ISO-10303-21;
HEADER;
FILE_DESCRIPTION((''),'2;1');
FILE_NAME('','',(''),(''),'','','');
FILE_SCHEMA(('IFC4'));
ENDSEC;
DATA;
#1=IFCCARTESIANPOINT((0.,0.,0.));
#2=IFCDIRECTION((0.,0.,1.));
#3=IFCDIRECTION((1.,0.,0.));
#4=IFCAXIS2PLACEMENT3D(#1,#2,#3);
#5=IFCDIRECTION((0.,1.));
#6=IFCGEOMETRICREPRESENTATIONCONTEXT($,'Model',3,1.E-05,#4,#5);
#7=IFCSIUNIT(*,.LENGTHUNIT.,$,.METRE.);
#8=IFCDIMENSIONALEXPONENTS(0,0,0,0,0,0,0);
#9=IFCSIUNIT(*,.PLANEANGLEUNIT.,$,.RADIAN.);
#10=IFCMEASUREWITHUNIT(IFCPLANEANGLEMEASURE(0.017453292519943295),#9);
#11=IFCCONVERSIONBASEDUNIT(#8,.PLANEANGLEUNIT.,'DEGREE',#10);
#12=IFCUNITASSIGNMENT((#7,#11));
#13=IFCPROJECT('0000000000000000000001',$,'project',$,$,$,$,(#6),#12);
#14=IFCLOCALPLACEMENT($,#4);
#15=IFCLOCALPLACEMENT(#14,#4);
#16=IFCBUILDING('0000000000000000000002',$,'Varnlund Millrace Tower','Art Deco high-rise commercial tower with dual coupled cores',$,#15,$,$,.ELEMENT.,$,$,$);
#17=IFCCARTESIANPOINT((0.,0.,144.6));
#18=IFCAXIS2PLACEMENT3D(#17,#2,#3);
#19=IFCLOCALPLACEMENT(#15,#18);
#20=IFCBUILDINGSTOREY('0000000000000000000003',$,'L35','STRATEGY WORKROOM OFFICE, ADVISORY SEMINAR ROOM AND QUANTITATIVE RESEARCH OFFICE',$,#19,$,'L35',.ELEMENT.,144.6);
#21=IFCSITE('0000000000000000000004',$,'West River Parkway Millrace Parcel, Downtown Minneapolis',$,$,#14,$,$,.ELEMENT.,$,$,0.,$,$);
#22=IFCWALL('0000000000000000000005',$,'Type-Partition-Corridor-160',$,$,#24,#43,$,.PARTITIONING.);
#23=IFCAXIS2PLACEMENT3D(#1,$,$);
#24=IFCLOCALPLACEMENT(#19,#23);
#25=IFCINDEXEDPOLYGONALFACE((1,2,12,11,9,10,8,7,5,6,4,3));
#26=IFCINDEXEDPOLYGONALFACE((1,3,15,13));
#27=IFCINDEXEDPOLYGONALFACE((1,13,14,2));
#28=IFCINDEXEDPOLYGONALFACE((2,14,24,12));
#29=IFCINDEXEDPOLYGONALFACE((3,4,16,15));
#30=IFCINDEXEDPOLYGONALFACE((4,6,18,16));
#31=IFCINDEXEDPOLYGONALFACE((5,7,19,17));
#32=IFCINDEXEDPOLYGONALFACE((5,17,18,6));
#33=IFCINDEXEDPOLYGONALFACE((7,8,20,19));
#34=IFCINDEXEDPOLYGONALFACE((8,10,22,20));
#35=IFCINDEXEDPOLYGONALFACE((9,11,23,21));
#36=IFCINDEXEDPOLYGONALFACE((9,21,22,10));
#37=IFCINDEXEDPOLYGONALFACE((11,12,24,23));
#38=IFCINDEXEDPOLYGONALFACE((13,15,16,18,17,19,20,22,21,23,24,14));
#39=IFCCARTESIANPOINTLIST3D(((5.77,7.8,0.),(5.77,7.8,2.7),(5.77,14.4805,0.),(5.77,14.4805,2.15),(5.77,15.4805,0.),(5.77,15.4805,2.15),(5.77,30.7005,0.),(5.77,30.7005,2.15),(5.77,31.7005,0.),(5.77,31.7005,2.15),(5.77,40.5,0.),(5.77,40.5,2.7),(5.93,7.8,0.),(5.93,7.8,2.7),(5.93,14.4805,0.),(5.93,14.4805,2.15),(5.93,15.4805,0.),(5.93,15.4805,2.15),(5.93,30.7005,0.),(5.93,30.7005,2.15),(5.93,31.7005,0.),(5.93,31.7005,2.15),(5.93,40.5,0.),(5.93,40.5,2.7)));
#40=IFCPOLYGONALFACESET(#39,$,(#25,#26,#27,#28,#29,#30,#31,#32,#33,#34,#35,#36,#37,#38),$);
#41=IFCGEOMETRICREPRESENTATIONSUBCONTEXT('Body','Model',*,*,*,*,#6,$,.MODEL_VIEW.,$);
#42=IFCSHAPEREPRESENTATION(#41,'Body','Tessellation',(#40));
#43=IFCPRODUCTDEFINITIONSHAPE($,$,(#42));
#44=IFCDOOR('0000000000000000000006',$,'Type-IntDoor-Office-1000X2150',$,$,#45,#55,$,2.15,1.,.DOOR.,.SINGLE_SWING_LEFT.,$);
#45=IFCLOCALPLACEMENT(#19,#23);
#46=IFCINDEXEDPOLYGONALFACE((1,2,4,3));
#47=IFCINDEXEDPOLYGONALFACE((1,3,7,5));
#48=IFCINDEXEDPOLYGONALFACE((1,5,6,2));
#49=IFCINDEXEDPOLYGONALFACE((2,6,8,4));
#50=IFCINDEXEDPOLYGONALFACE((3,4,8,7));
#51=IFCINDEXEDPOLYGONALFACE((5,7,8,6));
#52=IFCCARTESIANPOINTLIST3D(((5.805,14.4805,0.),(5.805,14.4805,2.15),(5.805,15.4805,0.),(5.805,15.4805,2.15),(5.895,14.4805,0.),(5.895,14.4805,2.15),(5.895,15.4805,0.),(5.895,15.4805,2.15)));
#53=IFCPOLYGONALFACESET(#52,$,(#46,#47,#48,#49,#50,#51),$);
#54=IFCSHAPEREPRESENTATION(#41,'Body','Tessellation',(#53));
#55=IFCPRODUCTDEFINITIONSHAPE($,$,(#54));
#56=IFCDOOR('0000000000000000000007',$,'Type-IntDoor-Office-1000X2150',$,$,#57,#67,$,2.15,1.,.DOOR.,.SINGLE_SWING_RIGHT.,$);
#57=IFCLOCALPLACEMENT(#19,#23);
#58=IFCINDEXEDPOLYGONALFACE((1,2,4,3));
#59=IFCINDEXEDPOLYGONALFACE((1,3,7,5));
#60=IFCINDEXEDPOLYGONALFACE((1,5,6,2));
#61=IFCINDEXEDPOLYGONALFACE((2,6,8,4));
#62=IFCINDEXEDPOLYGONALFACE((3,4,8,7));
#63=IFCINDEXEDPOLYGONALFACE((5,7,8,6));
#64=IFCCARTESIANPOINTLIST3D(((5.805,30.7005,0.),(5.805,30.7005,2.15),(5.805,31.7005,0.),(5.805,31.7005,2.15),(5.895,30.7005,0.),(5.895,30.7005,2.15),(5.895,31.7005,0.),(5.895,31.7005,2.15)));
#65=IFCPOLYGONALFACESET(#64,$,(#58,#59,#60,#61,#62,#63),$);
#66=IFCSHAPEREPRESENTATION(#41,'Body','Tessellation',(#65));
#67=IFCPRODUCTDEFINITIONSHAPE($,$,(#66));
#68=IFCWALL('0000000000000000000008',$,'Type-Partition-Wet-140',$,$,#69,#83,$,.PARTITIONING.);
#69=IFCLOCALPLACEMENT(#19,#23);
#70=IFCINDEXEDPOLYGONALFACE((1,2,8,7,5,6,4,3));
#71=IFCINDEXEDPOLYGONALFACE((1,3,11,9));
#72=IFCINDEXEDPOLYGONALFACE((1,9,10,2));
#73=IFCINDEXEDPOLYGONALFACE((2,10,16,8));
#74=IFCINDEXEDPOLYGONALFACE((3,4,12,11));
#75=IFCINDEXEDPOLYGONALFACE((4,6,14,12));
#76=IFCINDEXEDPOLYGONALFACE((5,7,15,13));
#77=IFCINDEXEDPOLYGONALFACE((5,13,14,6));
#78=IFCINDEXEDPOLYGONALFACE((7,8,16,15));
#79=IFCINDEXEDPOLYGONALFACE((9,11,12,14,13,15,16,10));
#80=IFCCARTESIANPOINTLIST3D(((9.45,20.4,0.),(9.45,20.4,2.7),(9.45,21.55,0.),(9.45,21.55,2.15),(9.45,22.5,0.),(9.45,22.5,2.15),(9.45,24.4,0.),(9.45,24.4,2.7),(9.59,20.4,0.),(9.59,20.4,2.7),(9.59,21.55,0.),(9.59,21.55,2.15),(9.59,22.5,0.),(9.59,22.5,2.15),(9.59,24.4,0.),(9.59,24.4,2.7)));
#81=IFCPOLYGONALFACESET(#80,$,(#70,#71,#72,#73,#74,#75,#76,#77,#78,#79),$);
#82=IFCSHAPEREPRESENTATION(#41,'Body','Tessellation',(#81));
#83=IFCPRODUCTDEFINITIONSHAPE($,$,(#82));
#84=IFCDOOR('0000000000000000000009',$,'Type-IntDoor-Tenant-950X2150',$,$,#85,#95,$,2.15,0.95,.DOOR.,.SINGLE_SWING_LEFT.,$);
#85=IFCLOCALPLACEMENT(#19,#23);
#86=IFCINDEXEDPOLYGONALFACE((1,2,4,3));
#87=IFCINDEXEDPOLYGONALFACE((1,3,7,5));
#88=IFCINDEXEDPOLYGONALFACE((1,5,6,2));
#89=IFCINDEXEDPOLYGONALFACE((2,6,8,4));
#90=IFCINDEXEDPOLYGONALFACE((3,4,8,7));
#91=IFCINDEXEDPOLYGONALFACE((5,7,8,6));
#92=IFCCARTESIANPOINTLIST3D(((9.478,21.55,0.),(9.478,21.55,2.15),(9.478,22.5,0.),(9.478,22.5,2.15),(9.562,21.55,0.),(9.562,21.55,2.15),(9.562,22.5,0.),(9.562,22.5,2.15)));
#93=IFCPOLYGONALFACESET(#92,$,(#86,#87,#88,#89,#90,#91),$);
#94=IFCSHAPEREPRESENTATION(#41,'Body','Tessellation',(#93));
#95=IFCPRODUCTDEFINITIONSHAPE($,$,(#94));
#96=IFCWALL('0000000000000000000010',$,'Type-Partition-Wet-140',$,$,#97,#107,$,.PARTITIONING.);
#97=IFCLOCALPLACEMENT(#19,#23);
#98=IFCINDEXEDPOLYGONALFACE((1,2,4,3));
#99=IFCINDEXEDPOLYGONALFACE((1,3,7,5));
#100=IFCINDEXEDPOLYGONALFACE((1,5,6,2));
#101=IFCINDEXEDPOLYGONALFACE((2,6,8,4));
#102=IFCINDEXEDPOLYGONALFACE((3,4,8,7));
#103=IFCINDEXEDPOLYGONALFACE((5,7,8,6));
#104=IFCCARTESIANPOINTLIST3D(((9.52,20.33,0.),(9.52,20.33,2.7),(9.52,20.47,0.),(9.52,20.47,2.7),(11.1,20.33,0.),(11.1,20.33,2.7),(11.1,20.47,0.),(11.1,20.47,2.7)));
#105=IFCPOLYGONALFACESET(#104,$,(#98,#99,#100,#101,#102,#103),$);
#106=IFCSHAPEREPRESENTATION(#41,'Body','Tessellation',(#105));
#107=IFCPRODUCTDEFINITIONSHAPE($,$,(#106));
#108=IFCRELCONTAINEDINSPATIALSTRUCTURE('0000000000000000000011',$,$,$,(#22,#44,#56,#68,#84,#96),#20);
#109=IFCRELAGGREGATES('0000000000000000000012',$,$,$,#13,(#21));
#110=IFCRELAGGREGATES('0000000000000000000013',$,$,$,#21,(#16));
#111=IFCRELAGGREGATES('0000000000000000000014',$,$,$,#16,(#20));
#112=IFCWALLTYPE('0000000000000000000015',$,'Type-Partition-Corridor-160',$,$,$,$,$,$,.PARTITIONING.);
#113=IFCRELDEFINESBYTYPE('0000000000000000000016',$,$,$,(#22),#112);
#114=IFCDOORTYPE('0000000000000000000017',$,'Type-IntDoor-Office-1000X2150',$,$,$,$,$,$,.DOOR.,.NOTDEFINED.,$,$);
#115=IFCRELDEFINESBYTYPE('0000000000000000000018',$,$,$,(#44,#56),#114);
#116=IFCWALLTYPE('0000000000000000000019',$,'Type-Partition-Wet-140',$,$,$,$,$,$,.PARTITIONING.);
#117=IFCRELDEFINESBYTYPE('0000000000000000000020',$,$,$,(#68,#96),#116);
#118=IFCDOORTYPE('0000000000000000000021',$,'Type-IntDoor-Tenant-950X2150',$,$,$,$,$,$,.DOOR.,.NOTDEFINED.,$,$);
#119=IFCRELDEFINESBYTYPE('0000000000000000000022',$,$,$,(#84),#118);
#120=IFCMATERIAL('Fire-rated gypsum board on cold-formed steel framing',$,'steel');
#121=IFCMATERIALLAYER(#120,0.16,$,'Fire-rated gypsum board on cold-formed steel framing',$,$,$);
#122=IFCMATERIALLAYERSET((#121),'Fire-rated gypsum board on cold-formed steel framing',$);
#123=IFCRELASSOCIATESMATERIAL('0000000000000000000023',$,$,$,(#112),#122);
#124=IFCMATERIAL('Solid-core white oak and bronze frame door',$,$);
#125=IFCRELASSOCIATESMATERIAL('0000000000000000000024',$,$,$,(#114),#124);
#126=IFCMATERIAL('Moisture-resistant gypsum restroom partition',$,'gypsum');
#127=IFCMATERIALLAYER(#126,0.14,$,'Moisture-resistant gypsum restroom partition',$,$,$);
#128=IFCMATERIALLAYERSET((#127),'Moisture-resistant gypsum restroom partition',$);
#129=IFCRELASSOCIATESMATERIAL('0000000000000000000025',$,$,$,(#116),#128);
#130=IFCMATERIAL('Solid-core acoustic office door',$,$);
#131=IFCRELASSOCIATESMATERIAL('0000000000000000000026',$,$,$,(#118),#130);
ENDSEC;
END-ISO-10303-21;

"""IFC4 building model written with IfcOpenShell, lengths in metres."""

from ifc_helpers import new_model, entity, si_unit, converted_unit, direction, frame, origin_with_axes, origin_2d_with_axis, place, context, subcontext, project, spatial, polyline, rectangle, outline, extrude, material, layer, layer_set, type_object, element, fill, save


model = new_model("IFC4")

# Units and contexts
model_context = context("Model", 3, precision=1e-05, world=origin_with_axes(), true_north=direction((0.0, 1.0)))
body_context = subcontext(model_context, "Body", "Model", "MODEL_VIEW")
ifc_project = project(units=[si_unit("LENGTHUNIT", "METRE"), converted_unit("PLANEANGLEUNIT", "DEGREE", entity("IfcPlaneAngleMeasure", 0.017453292519943295), si_unit("PLANEANGLEUNIT", "RADIAN"), dimensions=[0, 0, 0, 0, 0, 0, 0])], contexts=[model_context])

# Site, building, storey
site_placement = place(None, origin_with_axes())
site = spatial("IfcSite", under=ifc_project, at=site_placement, Name="West River Parkway Millrace Parcel, Downtown Minneapolis", CompositionType="ELEMENT", RefElevation=0.0)
building_placement = place(site_placement, origin_with_axes())
building = spatial("IfcBuilding", under=site, at=building_placement, Name="Varnlund Millrace Tower", Description="Art Deco high-rise commercial tower with dual coupled cores", CompositionType="ELEMENT")
storey_placement = place(building_placement, frame((0.0, 0.0, 144.6), z_axis=(0.0, 0.0, 1.0), x_axis=(1.0, 0.0, 0.0)))
storey = spatial("IfcBuildingStorey", under=building, at=storey_placement, Name="L35", Description="STRATEGY WORKROOM OFFICE, ADVISORY SEMINAR ROOM AND QUANTITATIVE RESEARCH OFFICE", LongName="L35", CompositionType="ELEMENT", Elevation=144.6)

# Shared definitions
ifc_material_1 = material(Name="Fire-rated gypsum board on cold-formed steel framing", Category="steel")
ifc_layer_1 = layer(ifc_material_1, 0.16, Name="Fire-rated gypsum board on cold-formed steel framing")
ifc_layer_set_1 = layer_set([ifc_layer_1], Name="Fire-rated gypsum board on cold-formed steel framing")
wall_type_1 = type_object("IfcWallType", Name="Type-Partition-Corridor-160", PredefinedType="PARTITIONING", material=ifc_layer_set_1)

# Wall, openings, doors
wall_1_placement = place(storey_placement, frame((5.85, 7.8, 0.0), z_axis=(0.0, 0.0, 1.0), x_axis=(0.0, 1.0, 0.0)))
wall_1 = element("IfcWall", 1, at=wall_1_placement, inside=storey, type_object=wall_type_1, Name="Type-Partition-Corridor-160", PredefinedType="PARTITIONING", context=body_context, shape_type="SweptSolid", body=[
    extrude(outline(polyline([(0.0, -0.08), (32.7, -0.08), (32.7, 0.08), (0.0, 0.08), (0.0, -0.08)])), origin_with_axes(), (0.0, 0.0, 1.0), 2.7),
])
opening_1_placement = place(wall_1_placement, frame((7.1805, 0.0, 0.0), z_axis=(0.0, 0.0, 1.0), x_axis=(1.0, 0.0, 0.0)))
opening_1 = element("IfcOpeningElement", 2, at=opening_1_placement, cuts=wall_1, PredefinedType="OPENING", context=body_context, shape_type="SweptSolid", body=[
    extrude(rectangle(XDim=1.0, YDim=0.18, at=origin_2d_with_axis()), origin_with_axes(), (0.0, 0.0, 1.0), 2.15),
])
opening_2_placement = place(wall_1_placement, frame((23.4005, 0.0, 0.0), z_axis=(0.0, 0.0, 1.0), x_axis=(1.0, 0.0, 0.0)))
opening_2 = element("IfcOpeningElement", 3, at=opening_2_placement, cuts=wall_1, PredefinedType="OPENING", context=body_context, shape_type="SweptSolid", body=[
    extrude(rectangle(XDim=1.0, YDim=0.18, at=origin_2d_with_axis()), origin_with_axes(), (0.0, 0.0, 1.0), 2.15),
])
ifc_material_2 = material(Name="Solid-core white oak and bronze frame door")
door_type_1 = type_object("IfcDoorType", Name="Type-IntDoor-Office-1000X2150", OperationType="NOTDEFINED", PredefinedType="DOOR", material=ifc_material_2)
door_1_placement = place(wall_1_placement, frame((7.1805, 0.0, 0.0), z_axis=(0.0, 0.0, 1.0), x_axis=(1.0, 0.0, 0.0)))
door_1 = element("IfcDoor", 4, at=door_1_placement, inside=storey, type_object=door_type_1, Name="Type-IntDoor-Office-1000X2150", OperationType="SINGLE_SWING_LEFT", OverallHeight=2.15, OverallWidth=1.0, PredefinedType="DOOR", context=body_context, shape_type="SweptSolid", body=[
    extrude(rectangle(XDim=1.0, YDim=0.09, at=origin_2d_with_axis()), origin_with_axes(), (0.0, 0.0, 1.0), 2.15),
])
fill(opening_1, door_1)
door_2_placement = place(wall_1_placement, frame((23.4005, 0.0, 0.0), z_axis=(0.0, 0.0, 1.0), x_axis=(1.0, 0.0, 0.0)))
door_2 = element("IfcDoor", 5, at=door_2_placement, inside=storey, type_object=door_type_1, Name="Type-IntDoor-Office-1000X2150", OperationType="SINGLE_SWING_RIGHT", OverallHeight=2.15, OverallWidth=1.0, PredefinedType="DOOR", context=body_context, shape_type="SweptSolid", body=[
    extrude(rectangle(XDim=1.0, YDim=0.09, at=origin_2d_with_axis()), origin_with_axes(), (0.0, 0.0, 1.0), 2.15),
])
fill(opening_2, door_2)

# Wall, opening, door
ifc_material_3 = material(Name="Moisture-resistant gypsum restroom partition", Category="gypsum")
ifc_layer_2 = layer(ifc_material_3, 0.14, Name="Moisture-resistant gypsum restroom partition")
ifc_layer_set_2 = layer_set([ifc_layer_2], Name="Moisture-resistant gypsum restroom partition")
wall_type_2 = type_object("IfcWallType", Name="Type-Partition-Wet-140", PredefinedType="PARTITIONING", material=ifc_layer_set_2)
wall_2_placement = place(storey_placement, frame((9.52, 20.4, 0.0), z_axis=(0.0, 0.0, 1.0), x_axis=(0.0, 1.0, 0.0)))
wall_2 = element("IfcWall", 6, at=wall_2_placement, inside=storey, type_object=wall_type_2, Name="Type-Partition-Wet-140", PredefinedType="PARTITIONING", context=body_context, shape_type="SweptSolid", body=[
    extrude(outline(polyline([(0.0, -0.07), (4.0, -0.07), (4.0, 0.07), (0.0, 0.07), (0.0, -0.07)])), origin_with_axes(), (0.0, 0.0, 1.0), 2.7),
])
opening_3_placement = place(wall_2_placement, frame((1.625, 0.0, 0.0), z_axis=(0.0, 0.0, 1.0), x_axis=(1.0, 0.0, 0.0)))
opening_3 = element("IfcOpeningElement", 7, at=opening_3_placement, cuts=wall_2, PredefinedType="OPENING", context=body_context, shape_type="SweptSolid", body=[
    extrude(rectangle(XDim=0.95, YDim=0.16, at=origin_2d_with_axis()), origin_with_axes(), (0.0, 0.0, 1.0), 2.15),
])
ifc_material_4 = material(Name="Solid-core acoustic office door")
door_type_2 = type_object("IfcDoorType", Name="Type-IntDoor-Tenant-950X2150", OperationType="NOTDEFINED", PredefinedType="DOOR", material=ifc_material_4)
door_3_placement = place(wall_2_placement, frame((1.625, 0.0, 0.0), z_axis=(0.0, 0.0, 1.0), x_axis=(1.0, 0.0, 0.0)))
door_3 = element("IfcDoor", 8, at=door_3_placement, inside=storey, type_object=door_type_2, Name="Type-IntDoor-Tenant-950X2150", OperationType="SINGLE_SWING_LEFT", OverallHeight=2.15, OverallWidth=0.95, PredefinedType="DOOR", context=body_context, shape_type="SweptSolid", body=[
    extrude(rectangle(XDim=0.95, YDim=0.084, at=origin_2d_with_axis()), origin_with_axes(), (0.0, 0.0, 1.0), 2.15),
])
fill(opening_3, door_3)

# Wall
wall_3_placement = place(storey_placement, frame((9.52, 20.4, 0.0), z_axis=(0.0, 0.0, 1.0), x_axis=(1.0, 0.0, 0.0)))
element("IfcWall", 9, at=wall_3_placement, inside=storey, type_object=wall_type_2, Name="Type-Partition-Wet-140", PredefinedType="PARTITIONING", context=body_context, shape_type="SweptSolid", body=[
    extrude(outline(polyline([(0.0, -0.07), (1.58, -0.07), (1.58, 0.07), (0.0, 0.07), (0.0, -0.07)])), origin_with_axes(), (0.0, 0.0, 1.0), 2.7),
])

save(model, "model.ifc")
